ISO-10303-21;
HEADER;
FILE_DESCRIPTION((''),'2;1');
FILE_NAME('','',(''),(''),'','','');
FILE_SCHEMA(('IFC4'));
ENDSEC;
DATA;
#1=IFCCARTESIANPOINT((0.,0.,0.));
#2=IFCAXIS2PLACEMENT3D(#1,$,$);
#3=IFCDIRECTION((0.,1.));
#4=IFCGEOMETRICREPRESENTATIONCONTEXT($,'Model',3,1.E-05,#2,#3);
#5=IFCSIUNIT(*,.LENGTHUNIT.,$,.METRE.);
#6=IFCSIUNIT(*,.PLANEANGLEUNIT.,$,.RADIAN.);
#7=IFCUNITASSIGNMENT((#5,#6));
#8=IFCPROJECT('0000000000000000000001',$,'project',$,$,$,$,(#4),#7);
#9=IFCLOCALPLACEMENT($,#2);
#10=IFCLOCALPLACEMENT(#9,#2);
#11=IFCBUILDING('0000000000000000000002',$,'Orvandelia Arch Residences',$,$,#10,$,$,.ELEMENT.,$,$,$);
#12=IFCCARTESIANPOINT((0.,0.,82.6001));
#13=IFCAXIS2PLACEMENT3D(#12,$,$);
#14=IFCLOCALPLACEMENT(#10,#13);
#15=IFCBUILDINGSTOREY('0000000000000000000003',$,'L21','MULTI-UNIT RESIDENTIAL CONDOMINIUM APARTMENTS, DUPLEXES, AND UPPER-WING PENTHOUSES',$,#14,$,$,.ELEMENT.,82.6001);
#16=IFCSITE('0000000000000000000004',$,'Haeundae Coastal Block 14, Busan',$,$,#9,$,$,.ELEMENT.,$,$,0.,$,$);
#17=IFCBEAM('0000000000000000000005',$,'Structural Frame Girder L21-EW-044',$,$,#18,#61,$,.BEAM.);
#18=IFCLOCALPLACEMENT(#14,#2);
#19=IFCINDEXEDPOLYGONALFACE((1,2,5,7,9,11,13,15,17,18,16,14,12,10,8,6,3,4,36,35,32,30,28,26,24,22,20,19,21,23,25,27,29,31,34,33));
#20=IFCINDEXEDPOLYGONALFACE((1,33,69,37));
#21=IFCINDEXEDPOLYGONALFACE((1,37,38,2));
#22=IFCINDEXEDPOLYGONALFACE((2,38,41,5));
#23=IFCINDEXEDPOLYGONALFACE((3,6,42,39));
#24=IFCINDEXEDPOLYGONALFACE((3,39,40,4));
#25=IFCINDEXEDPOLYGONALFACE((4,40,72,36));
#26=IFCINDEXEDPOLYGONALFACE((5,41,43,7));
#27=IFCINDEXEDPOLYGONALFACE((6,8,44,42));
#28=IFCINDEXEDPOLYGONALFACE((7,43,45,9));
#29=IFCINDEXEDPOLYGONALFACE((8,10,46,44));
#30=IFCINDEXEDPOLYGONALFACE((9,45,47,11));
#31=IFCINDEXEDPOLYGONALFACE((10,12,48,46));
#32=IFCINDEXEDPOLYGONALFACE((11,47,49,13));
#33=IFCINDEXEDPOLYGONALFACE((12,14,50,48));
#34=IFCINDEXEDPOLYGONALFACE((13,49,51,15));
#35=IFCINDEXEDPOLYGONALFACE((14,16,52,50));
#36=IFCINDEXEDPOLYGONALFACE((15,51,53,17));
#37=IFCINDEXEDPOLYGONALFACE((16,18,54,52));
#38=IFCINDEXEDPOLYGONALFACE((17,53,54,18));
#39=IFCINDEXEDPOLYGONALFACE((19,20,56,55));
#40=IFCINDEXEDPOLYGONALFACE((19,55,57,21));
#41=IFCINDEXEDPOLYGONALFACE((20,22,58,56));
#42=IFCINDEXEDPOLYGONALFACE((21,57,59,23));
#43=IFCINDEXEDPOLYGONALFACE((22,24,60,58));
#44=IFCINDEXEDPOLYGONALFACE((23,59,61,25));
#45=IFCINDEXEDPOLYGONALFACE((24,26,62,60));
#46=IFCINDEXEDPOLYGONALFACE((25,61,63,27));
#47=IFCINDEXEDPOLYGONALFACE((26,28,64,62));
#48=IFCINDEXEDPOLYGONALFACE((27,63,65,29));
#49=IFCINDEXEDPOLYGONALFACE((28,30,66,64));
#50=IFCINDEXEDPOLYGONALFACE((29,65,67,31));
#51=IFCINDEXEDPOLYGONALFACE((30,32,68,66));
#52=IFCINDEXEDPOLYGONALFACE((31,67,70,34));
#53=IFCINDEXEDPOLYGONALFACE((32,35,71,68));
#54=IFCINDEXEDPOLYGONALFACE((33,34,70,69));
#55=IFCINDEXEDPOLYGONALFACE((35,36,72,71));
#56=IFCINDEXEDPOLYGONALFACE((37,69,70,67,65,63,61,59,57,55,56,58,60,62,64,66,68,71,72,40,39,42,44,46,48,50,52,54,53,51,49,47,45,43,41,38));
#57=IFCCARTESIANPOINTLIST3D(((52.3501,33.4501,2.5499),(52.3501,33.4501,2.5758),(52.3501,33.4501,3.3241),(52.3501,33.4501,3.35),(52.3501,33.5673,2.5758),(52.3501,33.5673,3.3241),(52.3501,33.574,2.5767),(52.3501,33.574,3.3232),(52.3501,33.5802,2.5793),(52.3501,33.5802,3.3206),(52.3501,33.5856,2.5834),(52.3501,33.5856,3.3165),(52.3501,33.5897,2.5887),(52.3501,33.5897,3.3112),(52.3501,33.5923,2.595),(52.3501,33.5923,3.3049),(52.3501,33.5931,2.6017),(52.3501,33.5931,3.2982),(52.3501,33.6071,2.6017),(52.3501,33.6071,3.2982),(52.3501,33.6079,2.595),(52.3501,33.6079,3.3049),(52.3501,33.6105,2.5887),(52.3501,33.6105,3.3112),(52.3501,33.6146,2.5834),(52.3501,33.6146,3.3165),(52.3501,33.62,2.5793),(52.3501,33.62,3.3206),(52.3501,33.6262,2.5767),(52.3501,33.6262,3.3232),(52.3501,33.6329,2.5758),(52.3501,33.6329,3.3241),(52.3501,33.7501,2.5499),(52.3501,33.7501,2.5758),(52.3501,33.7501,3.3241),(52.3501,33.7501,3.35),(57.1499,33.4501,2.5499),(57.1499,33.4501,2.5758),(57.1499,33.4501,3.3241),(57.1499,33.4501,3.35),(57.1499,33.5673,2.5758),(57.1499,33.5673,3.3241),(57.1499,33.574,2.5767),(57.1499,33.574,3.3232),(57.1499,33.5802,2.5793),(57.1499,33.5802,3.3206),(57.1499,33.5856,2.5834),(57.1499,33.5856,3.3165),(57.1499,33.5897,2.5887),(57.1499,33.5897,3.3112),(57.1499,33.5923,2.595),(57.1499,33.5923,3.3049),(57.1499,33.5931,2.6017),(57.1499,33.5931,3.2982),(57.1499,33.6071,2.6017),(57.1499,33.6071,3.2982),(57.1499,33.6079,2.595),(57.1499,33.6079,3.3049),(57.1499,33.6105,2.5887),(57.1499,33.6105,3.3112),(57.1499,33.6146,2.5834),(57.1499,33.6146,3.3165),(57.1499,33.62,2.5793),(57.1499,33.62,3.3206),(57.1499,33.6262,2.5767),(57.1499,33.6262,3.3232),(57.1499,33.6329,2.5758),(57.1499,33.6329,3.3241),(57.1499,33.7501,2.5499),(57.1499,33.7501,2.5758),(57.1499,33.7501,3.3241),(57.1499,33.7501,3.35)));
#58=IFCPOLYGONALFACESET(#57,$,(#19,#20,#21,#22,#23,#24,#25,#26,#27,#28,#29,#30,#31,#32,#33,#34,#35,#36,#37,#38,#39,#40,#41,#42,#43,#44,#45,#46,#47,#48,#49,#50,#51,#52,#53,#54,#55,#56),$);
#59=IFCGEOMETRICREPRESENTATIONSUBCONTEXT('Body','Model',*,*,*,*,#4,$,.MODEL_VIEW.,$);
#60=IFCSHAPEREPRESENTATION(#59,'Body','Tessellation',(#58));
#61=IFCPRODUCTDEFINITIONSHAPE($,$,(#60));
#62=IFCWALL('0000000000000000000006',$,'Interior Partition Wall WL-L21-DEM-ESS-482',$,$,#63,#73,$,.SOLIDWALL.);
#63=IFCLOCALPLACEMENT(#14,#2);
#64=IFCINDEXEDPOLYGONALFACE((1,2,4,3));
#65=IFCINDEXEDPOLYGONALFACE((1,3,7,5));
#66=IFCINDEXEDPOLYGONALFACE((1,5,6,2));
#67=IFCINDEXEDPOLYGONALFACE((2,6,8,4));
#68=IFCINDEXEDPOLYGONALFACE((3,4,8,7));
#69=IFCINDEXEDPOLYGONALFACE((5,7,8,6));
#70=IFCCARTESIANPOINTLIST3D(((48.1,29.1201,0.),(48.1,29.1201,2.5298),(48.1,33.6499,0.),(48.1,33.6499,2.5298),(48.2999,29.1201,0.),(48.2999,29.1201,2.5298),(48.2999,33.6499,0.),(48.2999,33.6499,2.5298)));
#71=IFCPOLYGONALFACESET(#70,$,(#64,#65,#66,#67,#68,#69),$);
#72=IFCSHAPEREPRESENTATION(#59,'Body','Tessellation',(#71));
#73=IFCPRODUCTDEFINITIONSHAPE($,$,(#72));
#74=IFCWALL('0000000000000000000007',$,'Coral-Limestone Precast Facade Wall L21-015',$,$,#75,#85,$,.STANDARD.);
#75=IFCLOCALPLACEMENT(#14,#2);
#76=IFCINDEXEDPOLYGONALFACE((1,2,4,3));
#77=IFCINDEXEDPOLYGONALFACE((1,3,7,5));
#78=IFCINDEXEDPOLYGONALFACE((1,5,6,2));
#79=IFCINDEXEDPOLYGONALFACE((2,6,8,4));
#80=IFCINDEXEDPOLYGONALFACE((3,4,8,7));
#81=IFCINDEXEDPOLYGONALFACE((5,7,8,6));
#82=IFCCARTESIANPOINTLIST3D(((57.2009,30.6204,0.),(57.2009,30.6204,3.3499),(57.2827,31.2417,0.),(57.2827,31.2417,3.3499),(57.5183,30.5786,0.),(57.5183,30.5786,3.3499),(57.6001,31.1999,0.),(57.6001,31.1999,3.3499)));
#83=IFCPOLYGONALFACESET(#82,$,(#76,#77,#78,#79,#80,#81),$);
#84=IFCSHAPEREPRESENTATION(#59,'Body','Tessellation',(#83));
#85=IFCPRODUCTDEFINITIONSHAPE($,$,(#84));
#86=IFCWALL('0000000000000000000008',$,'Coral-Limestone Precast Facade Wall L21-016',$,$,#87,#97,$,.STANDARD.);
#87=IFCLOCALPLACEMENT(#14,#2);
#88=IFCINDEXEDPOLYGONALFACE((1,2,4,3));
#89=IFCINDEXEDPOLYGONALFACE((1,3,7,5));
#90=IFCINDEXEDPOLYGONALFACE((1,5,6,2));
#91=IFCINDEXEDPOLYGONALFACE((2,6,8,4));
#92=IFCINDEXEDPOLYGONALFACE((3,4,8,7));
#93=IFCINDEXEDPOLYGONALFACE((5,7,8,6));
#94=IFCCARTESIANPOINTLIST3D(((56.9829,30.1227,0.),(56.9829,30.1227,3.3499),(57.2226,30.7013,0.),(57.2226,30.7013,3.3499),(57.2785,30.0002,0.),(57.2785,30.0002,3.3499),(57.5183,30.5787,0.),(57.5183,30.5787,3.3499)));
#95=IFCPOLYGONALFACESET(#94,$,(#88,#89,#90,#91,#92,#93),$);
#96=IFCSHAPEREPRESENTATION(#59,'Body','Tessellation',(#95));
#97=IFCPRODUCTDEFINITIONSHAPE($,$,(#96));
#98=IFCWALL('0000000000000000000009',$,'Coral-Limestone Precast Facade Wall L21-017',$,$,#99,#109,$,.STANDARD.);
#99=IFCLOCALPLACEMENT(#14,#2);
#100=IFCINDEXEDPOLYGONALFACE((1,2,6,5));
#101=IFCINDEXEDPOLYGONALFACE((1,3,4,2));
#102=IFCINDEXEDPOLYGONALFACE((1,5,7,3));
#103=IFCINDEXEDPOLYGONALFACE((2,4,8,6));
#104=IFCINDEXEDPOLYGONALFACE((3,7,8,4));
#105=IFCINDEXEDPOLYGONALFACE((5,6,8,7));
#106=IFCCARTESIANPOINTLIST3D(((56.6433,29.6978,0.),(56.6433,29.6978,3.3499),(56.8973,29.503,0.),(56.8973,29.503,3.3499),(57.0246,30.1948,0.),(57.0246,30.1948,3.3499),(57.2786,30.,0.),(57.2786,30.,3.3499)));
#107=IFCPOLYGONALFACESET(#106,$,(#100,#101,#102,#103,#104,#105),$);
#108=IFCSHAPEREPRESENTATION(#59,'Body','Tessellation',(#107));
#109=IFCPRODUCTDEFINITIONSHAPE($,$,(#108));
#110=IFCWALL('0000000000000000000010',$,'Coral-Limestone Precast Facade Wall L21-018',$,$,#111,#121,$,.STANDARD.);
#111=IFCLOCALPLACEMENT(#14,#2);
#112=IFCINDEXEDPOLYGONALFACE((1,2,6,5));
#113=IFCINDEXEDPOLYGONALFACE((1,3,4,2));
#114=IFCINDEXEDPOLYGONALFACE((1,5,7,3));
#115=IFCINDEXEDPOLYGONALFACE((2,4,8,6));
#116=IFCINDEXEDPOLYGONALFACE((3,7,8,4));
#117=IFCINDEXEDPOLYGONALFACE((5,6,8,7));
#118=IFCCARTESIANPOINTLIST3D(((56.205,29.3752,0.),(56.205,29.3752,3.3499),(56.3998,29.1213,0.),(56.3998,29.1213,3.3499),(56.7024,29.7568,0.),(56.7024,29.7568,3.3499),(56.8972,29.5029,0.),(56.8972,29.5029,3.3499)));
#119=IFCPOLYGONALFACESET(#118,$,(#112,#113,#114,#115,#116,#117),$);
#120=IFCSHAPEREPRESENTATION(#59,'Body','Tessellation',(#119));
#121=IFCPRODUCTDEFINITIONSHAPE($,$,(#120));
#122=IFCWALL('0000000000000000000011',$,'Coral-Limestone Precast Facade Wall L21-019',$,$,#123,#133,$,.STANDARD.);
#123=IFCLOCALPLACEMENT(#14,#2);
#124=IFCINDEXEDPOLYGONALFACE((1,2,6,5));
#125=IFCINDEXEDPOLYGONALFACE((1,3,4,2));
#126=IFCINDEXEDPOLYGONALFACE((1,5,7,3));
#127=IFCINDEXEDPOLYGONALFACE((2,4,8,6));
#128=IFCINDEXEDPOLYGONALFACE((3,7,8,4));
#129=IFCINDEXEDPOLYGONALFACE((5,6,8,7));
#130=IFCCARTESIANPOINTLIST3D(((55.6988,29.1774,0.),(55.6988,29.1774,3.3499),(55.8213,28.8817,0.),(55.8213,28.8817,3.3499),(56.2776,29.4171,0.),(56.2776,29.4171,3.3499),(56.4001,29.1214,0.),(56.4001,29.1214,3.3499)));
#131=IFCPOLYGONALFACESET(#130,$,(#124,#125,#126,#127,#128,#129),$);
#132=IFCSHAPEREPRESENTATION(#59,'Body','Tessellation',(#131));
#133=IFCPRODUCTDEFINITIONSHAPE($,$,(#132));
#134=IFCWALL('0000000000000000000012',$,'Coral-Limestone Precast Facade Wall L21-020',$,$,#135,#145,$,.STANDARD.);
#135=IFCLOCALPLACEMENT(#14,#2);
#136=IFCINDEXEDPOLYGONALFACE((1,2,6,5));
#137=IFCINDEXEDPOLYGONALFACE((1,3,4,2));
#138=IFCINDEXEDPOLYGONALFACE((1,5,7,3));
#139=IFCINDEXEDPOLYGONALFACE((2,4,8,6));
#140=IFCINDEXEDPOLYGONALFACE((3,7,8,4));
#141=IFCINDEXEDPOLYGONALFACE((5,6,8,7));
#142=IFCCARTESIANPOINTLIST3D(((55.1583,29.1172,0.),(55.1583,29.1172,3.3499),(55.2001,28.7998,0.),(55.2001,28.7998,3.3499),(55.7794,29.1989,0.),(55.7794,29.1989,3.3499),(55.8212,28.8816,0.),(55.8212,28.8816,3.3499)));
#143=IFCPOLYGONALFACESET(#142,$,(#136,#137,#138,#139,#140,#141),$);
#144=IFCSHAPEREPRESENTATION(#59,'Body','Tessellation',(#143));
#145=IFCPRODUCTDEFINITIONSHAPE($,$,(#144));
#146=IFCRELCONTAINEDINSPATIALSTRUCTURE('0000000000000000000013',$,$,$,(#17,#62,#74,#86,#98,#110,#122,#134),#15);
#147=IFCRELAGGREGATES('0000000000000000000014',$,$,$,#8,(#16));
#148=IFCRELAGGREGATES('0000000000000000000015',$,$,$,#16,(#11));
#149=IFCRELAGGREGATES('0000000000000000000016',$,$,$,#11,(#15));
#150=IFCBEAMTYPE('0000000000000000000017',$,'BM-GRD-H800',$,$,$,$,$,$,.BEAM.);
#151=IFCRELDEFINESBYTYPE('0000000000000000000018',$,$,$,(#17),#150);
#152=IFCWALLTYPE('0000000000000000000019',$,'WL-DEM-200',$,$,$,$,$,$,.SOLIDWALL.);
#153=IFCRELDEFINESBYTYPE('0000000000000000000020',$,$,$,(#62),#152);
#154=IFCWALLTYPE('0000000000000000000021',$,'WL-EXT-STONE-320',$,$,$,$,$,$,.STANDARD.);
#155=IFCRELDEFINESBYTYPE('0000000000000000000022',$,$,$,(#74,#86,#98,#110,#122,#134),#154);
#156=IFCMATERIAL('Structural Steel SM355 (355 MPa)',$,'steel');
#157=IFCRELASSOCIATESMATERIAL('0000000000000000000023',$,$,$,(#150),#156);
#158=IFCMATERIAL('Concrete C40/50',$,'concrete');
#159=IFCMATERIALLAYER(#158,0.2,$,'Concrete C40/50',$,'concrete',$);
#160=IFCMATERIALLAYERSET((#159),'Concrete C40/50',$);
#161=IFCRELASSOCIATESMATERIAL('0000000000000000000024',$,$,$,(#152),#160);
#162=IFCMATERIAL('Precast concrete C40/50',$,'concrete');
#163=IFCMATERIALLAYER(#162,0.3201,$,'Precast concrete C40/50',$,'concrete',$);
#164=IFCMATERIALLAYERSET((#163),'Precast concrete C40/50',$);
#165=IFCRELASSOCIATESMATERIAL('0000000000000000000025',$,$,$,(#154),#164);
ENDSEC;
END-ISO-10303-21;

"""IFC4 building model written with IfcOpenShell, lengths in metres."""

from ifc_helpers import new_model, si_unit, direction, frame, frame_2d, origin, origin_2d, place, context, subcontext, project, spatial, rectangle, i_section, extrude, material, layer, layer_set, material_profile, profile_set, type_object, element, save


model = new_model("IFC4")

# Units and contexts
model_context = context("Model", 3, precision=1e-05, world=origin(), true_north=direction((0.0, 1.0)))
body_context = subcontext(model_context, "Body", "Model", "MODEL_VIEW")
ifc_project = project(units=[si_unit("LENGTHUNIT", "METRE"), si_unit("PLANEANGLEUNIT", "RADIAN")], contexts=[model_context])

# Site, building, storey
site_placement = place(None, origin())
site = spatial("IfcSite", under=ifc_project, at=site_placement, Name="Haeundae Coastal Block 14, Busan", CompositionType="ELEMENT", RefElevation=0.0)
building_placement = place(site_placement, origin())
building = spatial("IfcBuilding", under=site, at=building_placement, Name="Orvandelia Arch Residences", CompositionType="ELEMENT")
storey_placement = place(building_placement, frame((0.0, 0.0, 82.6001)))
storey = spatial("IfcBuildingStorey", under=building, at=storey_placement, Name="L21", Description="MULTI-UNIT RESIDENTIAL CONDOMINIUM APARTMENTS, DUPLEXES, AND UPPER-WING PENTHOUSES", CompositionType="ELEMENT", Elevation=82.6001)

# Beam
ifc_material_1 = material(Name="Structural Steel SM355 (355 MPa)", Category="steel")
ifc_material_profile_1 = material_profile(ifc_material_1, i_section(OverallWidth=0.3, OverallDepth=0.8, WebThickness=0.0139, FlangeThickness=0.0259, FilletRadius=0.0259, at=origin_2d()), Name="Structural Steel SM355 (355 MPa)", Category="steel")
ifc_profile_set_1 = profile_set([ifc_material_profile_1], Name="Structural Steel SM355 (355 MPa)")
beam_type = type_object("IfcBeamType", Name="BM-GRD-H800", PredefinedType="BEAM", material=ifc_profile_set_1)
for number, where, z_axis, x_axis, name in (
    (1, (52.3501, 33.6001, 2.95), (1.0, 0.0, 0.0), (0.0, 1.0, 0.0), "Structural Frame Girder L21-EW-044"),
):
    element("IfcBeam", number, at=place(storey_placement, frame(where, z_axis=z_axis, x_axis=x_axis)), inside=storey, type_object=beam_type, Name=name, PredefinedType="BEAM", context=body_context, shape_type="SweptSolid", body=[
        extrude(i_section(OverallWidth=0.3, OverallDepth=0.8, WebThickness=0.0139, FlangeThickness=0.0259, FilletRadius=0.0259, at=origin_2d()), origin(), (0.0, 0.0, 1.0), 4.7998),
    ])

# Walls
ifc_material_2 = material(Name="Concrete C40/50", Category="concrete")
ifc_layer_1 = layer(ifc_material_2, 0.2, Name="Concrete C40/50", Category="concrete")
ifc_layer_set_1 = layer_set([ifc_layer_1], Name="Concrete C40/50")
wall_type_1 = type_object("IfcWallType", Name="WL-DEM-200", PredefinedType="SOLIDWALL", material=ifc_layer_set_1)
wall_1_placement = place(storey_placement, frame((48.2, 29.1201, 0.0), z_axis=(0.0, 0.0, 1.0), x_axis=(0.0, 1.0, 0.0)))
element("IfcWall", 2, at=wall_1_placement, inside=storey, type_object=wall_type_1, Name="Interior Partition Wall WL-L21-DEM-ESS-482", PredefinedType="SOLIDWALL", context=body_context, shape_type="SweptSolid", body=[
    extrude(rectangle(XDim=4.5298, YDim=0.2, at=frame_2d((2.2649, 0.0))), origin(), (0.0, 0.0, 1.0), 2.5298),
])
ifc_material_3 = material(Name="Precast concrete C40/50", Category="concrete")
ifc_layer_2 = layer(ifc_material_3, 0.3201, Name="Precast concrete C40/50", Category="concrete")
ifc_layer_set_2 = layer_set([ifc_layer_2], Name="Precast concrete C40/50")
wall_type_2 = type_object("IfcWallType", Name="WL-EXT-STONE-320", PredefinedType="STANDARD", material=ifc_layer_set_2)
wall_2_placement = place(storey_placement, frame((57.4414, 31.2209, 0.0), z_axis=(0.0, 0.0, 1.0), x_axis=(-0.130505, -0.991448, 0.0)))
element("IfcWall", 3, at=wall_2_placement, inside=storey, type_object=wall_type_2, Name="Coral-Limestone Precast Facade Wall L21-015", PredefinedType="STANDARD", context=body_context, shape_type="SweptSolid", body=[
    extrude(rectangle(XDim=0.6267, YDim=0.3201, at=frame_2d((0.3135, 0.0))), origin(), (0.0, 0.0, 1.0), 3.3499),
])
wall_3_placement = place(storey_placement, frame((57.3704, 30.6399, 0.0), z_axis=(0.0, 0.0, 1.0), x_axis=(-0.382788, -0.923836, 0.0)))
element("IfcWall", 4, at=wall_3_placement, inside=storey, type_object=wall_type_2, Name="Coral-Limestone Precast Facade Wall L21-016", PredefinedType="STANDARD", context=body_context, shape_type="SweptSolid", body=[
    extrude(rectangle(XDim=0.6262, YDim=0.3201, at=frame_2d((0.313, 0.0))), origin(), (0.0, 0.0, 1.0), 3.3499),
])
wall_4_placement = place(storey_placement, frame((57.1516, 30.0974, 0.0), z_axis=(0.0, 0.0, 1.0), x_axis=(-0.608693, -0.793406, 0.0)))
element("IfcWall", 5, at=wall_4_placement, inside=storey, type_object=wall_type_2, Name="Coral-Limestone Precast Facade Wall L21-017", PredefinedType="STANDARD", context=body_context, shape_type="SweptSolid", body=[
    extrude(rectangle(XDim=0.6265, YDim=0.3201, at=frame_2d((0.3132, 0.0))), origin(), (0.0, 0.0, 1.0), 3.3499),
])
wall_5_placement = place(storey_placement, frame((56.7998, 29.6299, 0.0), z_axis=(0.0, 0.0, 1.0), x_axis=(-0.793362, -0.60875, 0.0)))
element("IfcWall", 6, at=wall_5_placement, inside=storey, type_object=wall_type_2, Name="Coral-Limestone Precast Facade Wall L21-018", PredefinedType="STANDARD", context=body_context, shape_type="SweptSolid", body=[
    extrude(rectangle(XDim=0.627, YDim=0.3201, at=frame_2d((0.3135, 0.0))), origin(), (0.0, 0.0, 1.0), 3.3499),
])
for number, where, z_axis, x_axis, name in (
    (7, (56.3389, 29.2693, 0.0), (0.0, 0.0, 1.0), (-0.923893, -0.38265, 0.0), "Coral-Limestone Precast Facade Wall L21-019"),
    (8, (55.8003, 29.0403, 0.0), (0.0, 0.0, 1.0), (-0.991441, -0.130555, 0.0), "Coral-Limestone Precast Facade Wall L21-020"),
):
    element("IfcWall", number, at=place(storey_placement, frame(where, z_axis=z_axis, x_axis=x_axis)), inside=storey, type_object=wall_type_2, Name=name, PredefinedType="STANDARD", context=body_context, shape_type="SweptSolid", body=[
        extrude(rectangle(XDim=0.6265, YDim=0.3201, at=frame_2d((0.3132, 0.0))), origin(), (0.0, 0.0, 1.0), 3.3499),
    ])

save(model, "model.ifc")
